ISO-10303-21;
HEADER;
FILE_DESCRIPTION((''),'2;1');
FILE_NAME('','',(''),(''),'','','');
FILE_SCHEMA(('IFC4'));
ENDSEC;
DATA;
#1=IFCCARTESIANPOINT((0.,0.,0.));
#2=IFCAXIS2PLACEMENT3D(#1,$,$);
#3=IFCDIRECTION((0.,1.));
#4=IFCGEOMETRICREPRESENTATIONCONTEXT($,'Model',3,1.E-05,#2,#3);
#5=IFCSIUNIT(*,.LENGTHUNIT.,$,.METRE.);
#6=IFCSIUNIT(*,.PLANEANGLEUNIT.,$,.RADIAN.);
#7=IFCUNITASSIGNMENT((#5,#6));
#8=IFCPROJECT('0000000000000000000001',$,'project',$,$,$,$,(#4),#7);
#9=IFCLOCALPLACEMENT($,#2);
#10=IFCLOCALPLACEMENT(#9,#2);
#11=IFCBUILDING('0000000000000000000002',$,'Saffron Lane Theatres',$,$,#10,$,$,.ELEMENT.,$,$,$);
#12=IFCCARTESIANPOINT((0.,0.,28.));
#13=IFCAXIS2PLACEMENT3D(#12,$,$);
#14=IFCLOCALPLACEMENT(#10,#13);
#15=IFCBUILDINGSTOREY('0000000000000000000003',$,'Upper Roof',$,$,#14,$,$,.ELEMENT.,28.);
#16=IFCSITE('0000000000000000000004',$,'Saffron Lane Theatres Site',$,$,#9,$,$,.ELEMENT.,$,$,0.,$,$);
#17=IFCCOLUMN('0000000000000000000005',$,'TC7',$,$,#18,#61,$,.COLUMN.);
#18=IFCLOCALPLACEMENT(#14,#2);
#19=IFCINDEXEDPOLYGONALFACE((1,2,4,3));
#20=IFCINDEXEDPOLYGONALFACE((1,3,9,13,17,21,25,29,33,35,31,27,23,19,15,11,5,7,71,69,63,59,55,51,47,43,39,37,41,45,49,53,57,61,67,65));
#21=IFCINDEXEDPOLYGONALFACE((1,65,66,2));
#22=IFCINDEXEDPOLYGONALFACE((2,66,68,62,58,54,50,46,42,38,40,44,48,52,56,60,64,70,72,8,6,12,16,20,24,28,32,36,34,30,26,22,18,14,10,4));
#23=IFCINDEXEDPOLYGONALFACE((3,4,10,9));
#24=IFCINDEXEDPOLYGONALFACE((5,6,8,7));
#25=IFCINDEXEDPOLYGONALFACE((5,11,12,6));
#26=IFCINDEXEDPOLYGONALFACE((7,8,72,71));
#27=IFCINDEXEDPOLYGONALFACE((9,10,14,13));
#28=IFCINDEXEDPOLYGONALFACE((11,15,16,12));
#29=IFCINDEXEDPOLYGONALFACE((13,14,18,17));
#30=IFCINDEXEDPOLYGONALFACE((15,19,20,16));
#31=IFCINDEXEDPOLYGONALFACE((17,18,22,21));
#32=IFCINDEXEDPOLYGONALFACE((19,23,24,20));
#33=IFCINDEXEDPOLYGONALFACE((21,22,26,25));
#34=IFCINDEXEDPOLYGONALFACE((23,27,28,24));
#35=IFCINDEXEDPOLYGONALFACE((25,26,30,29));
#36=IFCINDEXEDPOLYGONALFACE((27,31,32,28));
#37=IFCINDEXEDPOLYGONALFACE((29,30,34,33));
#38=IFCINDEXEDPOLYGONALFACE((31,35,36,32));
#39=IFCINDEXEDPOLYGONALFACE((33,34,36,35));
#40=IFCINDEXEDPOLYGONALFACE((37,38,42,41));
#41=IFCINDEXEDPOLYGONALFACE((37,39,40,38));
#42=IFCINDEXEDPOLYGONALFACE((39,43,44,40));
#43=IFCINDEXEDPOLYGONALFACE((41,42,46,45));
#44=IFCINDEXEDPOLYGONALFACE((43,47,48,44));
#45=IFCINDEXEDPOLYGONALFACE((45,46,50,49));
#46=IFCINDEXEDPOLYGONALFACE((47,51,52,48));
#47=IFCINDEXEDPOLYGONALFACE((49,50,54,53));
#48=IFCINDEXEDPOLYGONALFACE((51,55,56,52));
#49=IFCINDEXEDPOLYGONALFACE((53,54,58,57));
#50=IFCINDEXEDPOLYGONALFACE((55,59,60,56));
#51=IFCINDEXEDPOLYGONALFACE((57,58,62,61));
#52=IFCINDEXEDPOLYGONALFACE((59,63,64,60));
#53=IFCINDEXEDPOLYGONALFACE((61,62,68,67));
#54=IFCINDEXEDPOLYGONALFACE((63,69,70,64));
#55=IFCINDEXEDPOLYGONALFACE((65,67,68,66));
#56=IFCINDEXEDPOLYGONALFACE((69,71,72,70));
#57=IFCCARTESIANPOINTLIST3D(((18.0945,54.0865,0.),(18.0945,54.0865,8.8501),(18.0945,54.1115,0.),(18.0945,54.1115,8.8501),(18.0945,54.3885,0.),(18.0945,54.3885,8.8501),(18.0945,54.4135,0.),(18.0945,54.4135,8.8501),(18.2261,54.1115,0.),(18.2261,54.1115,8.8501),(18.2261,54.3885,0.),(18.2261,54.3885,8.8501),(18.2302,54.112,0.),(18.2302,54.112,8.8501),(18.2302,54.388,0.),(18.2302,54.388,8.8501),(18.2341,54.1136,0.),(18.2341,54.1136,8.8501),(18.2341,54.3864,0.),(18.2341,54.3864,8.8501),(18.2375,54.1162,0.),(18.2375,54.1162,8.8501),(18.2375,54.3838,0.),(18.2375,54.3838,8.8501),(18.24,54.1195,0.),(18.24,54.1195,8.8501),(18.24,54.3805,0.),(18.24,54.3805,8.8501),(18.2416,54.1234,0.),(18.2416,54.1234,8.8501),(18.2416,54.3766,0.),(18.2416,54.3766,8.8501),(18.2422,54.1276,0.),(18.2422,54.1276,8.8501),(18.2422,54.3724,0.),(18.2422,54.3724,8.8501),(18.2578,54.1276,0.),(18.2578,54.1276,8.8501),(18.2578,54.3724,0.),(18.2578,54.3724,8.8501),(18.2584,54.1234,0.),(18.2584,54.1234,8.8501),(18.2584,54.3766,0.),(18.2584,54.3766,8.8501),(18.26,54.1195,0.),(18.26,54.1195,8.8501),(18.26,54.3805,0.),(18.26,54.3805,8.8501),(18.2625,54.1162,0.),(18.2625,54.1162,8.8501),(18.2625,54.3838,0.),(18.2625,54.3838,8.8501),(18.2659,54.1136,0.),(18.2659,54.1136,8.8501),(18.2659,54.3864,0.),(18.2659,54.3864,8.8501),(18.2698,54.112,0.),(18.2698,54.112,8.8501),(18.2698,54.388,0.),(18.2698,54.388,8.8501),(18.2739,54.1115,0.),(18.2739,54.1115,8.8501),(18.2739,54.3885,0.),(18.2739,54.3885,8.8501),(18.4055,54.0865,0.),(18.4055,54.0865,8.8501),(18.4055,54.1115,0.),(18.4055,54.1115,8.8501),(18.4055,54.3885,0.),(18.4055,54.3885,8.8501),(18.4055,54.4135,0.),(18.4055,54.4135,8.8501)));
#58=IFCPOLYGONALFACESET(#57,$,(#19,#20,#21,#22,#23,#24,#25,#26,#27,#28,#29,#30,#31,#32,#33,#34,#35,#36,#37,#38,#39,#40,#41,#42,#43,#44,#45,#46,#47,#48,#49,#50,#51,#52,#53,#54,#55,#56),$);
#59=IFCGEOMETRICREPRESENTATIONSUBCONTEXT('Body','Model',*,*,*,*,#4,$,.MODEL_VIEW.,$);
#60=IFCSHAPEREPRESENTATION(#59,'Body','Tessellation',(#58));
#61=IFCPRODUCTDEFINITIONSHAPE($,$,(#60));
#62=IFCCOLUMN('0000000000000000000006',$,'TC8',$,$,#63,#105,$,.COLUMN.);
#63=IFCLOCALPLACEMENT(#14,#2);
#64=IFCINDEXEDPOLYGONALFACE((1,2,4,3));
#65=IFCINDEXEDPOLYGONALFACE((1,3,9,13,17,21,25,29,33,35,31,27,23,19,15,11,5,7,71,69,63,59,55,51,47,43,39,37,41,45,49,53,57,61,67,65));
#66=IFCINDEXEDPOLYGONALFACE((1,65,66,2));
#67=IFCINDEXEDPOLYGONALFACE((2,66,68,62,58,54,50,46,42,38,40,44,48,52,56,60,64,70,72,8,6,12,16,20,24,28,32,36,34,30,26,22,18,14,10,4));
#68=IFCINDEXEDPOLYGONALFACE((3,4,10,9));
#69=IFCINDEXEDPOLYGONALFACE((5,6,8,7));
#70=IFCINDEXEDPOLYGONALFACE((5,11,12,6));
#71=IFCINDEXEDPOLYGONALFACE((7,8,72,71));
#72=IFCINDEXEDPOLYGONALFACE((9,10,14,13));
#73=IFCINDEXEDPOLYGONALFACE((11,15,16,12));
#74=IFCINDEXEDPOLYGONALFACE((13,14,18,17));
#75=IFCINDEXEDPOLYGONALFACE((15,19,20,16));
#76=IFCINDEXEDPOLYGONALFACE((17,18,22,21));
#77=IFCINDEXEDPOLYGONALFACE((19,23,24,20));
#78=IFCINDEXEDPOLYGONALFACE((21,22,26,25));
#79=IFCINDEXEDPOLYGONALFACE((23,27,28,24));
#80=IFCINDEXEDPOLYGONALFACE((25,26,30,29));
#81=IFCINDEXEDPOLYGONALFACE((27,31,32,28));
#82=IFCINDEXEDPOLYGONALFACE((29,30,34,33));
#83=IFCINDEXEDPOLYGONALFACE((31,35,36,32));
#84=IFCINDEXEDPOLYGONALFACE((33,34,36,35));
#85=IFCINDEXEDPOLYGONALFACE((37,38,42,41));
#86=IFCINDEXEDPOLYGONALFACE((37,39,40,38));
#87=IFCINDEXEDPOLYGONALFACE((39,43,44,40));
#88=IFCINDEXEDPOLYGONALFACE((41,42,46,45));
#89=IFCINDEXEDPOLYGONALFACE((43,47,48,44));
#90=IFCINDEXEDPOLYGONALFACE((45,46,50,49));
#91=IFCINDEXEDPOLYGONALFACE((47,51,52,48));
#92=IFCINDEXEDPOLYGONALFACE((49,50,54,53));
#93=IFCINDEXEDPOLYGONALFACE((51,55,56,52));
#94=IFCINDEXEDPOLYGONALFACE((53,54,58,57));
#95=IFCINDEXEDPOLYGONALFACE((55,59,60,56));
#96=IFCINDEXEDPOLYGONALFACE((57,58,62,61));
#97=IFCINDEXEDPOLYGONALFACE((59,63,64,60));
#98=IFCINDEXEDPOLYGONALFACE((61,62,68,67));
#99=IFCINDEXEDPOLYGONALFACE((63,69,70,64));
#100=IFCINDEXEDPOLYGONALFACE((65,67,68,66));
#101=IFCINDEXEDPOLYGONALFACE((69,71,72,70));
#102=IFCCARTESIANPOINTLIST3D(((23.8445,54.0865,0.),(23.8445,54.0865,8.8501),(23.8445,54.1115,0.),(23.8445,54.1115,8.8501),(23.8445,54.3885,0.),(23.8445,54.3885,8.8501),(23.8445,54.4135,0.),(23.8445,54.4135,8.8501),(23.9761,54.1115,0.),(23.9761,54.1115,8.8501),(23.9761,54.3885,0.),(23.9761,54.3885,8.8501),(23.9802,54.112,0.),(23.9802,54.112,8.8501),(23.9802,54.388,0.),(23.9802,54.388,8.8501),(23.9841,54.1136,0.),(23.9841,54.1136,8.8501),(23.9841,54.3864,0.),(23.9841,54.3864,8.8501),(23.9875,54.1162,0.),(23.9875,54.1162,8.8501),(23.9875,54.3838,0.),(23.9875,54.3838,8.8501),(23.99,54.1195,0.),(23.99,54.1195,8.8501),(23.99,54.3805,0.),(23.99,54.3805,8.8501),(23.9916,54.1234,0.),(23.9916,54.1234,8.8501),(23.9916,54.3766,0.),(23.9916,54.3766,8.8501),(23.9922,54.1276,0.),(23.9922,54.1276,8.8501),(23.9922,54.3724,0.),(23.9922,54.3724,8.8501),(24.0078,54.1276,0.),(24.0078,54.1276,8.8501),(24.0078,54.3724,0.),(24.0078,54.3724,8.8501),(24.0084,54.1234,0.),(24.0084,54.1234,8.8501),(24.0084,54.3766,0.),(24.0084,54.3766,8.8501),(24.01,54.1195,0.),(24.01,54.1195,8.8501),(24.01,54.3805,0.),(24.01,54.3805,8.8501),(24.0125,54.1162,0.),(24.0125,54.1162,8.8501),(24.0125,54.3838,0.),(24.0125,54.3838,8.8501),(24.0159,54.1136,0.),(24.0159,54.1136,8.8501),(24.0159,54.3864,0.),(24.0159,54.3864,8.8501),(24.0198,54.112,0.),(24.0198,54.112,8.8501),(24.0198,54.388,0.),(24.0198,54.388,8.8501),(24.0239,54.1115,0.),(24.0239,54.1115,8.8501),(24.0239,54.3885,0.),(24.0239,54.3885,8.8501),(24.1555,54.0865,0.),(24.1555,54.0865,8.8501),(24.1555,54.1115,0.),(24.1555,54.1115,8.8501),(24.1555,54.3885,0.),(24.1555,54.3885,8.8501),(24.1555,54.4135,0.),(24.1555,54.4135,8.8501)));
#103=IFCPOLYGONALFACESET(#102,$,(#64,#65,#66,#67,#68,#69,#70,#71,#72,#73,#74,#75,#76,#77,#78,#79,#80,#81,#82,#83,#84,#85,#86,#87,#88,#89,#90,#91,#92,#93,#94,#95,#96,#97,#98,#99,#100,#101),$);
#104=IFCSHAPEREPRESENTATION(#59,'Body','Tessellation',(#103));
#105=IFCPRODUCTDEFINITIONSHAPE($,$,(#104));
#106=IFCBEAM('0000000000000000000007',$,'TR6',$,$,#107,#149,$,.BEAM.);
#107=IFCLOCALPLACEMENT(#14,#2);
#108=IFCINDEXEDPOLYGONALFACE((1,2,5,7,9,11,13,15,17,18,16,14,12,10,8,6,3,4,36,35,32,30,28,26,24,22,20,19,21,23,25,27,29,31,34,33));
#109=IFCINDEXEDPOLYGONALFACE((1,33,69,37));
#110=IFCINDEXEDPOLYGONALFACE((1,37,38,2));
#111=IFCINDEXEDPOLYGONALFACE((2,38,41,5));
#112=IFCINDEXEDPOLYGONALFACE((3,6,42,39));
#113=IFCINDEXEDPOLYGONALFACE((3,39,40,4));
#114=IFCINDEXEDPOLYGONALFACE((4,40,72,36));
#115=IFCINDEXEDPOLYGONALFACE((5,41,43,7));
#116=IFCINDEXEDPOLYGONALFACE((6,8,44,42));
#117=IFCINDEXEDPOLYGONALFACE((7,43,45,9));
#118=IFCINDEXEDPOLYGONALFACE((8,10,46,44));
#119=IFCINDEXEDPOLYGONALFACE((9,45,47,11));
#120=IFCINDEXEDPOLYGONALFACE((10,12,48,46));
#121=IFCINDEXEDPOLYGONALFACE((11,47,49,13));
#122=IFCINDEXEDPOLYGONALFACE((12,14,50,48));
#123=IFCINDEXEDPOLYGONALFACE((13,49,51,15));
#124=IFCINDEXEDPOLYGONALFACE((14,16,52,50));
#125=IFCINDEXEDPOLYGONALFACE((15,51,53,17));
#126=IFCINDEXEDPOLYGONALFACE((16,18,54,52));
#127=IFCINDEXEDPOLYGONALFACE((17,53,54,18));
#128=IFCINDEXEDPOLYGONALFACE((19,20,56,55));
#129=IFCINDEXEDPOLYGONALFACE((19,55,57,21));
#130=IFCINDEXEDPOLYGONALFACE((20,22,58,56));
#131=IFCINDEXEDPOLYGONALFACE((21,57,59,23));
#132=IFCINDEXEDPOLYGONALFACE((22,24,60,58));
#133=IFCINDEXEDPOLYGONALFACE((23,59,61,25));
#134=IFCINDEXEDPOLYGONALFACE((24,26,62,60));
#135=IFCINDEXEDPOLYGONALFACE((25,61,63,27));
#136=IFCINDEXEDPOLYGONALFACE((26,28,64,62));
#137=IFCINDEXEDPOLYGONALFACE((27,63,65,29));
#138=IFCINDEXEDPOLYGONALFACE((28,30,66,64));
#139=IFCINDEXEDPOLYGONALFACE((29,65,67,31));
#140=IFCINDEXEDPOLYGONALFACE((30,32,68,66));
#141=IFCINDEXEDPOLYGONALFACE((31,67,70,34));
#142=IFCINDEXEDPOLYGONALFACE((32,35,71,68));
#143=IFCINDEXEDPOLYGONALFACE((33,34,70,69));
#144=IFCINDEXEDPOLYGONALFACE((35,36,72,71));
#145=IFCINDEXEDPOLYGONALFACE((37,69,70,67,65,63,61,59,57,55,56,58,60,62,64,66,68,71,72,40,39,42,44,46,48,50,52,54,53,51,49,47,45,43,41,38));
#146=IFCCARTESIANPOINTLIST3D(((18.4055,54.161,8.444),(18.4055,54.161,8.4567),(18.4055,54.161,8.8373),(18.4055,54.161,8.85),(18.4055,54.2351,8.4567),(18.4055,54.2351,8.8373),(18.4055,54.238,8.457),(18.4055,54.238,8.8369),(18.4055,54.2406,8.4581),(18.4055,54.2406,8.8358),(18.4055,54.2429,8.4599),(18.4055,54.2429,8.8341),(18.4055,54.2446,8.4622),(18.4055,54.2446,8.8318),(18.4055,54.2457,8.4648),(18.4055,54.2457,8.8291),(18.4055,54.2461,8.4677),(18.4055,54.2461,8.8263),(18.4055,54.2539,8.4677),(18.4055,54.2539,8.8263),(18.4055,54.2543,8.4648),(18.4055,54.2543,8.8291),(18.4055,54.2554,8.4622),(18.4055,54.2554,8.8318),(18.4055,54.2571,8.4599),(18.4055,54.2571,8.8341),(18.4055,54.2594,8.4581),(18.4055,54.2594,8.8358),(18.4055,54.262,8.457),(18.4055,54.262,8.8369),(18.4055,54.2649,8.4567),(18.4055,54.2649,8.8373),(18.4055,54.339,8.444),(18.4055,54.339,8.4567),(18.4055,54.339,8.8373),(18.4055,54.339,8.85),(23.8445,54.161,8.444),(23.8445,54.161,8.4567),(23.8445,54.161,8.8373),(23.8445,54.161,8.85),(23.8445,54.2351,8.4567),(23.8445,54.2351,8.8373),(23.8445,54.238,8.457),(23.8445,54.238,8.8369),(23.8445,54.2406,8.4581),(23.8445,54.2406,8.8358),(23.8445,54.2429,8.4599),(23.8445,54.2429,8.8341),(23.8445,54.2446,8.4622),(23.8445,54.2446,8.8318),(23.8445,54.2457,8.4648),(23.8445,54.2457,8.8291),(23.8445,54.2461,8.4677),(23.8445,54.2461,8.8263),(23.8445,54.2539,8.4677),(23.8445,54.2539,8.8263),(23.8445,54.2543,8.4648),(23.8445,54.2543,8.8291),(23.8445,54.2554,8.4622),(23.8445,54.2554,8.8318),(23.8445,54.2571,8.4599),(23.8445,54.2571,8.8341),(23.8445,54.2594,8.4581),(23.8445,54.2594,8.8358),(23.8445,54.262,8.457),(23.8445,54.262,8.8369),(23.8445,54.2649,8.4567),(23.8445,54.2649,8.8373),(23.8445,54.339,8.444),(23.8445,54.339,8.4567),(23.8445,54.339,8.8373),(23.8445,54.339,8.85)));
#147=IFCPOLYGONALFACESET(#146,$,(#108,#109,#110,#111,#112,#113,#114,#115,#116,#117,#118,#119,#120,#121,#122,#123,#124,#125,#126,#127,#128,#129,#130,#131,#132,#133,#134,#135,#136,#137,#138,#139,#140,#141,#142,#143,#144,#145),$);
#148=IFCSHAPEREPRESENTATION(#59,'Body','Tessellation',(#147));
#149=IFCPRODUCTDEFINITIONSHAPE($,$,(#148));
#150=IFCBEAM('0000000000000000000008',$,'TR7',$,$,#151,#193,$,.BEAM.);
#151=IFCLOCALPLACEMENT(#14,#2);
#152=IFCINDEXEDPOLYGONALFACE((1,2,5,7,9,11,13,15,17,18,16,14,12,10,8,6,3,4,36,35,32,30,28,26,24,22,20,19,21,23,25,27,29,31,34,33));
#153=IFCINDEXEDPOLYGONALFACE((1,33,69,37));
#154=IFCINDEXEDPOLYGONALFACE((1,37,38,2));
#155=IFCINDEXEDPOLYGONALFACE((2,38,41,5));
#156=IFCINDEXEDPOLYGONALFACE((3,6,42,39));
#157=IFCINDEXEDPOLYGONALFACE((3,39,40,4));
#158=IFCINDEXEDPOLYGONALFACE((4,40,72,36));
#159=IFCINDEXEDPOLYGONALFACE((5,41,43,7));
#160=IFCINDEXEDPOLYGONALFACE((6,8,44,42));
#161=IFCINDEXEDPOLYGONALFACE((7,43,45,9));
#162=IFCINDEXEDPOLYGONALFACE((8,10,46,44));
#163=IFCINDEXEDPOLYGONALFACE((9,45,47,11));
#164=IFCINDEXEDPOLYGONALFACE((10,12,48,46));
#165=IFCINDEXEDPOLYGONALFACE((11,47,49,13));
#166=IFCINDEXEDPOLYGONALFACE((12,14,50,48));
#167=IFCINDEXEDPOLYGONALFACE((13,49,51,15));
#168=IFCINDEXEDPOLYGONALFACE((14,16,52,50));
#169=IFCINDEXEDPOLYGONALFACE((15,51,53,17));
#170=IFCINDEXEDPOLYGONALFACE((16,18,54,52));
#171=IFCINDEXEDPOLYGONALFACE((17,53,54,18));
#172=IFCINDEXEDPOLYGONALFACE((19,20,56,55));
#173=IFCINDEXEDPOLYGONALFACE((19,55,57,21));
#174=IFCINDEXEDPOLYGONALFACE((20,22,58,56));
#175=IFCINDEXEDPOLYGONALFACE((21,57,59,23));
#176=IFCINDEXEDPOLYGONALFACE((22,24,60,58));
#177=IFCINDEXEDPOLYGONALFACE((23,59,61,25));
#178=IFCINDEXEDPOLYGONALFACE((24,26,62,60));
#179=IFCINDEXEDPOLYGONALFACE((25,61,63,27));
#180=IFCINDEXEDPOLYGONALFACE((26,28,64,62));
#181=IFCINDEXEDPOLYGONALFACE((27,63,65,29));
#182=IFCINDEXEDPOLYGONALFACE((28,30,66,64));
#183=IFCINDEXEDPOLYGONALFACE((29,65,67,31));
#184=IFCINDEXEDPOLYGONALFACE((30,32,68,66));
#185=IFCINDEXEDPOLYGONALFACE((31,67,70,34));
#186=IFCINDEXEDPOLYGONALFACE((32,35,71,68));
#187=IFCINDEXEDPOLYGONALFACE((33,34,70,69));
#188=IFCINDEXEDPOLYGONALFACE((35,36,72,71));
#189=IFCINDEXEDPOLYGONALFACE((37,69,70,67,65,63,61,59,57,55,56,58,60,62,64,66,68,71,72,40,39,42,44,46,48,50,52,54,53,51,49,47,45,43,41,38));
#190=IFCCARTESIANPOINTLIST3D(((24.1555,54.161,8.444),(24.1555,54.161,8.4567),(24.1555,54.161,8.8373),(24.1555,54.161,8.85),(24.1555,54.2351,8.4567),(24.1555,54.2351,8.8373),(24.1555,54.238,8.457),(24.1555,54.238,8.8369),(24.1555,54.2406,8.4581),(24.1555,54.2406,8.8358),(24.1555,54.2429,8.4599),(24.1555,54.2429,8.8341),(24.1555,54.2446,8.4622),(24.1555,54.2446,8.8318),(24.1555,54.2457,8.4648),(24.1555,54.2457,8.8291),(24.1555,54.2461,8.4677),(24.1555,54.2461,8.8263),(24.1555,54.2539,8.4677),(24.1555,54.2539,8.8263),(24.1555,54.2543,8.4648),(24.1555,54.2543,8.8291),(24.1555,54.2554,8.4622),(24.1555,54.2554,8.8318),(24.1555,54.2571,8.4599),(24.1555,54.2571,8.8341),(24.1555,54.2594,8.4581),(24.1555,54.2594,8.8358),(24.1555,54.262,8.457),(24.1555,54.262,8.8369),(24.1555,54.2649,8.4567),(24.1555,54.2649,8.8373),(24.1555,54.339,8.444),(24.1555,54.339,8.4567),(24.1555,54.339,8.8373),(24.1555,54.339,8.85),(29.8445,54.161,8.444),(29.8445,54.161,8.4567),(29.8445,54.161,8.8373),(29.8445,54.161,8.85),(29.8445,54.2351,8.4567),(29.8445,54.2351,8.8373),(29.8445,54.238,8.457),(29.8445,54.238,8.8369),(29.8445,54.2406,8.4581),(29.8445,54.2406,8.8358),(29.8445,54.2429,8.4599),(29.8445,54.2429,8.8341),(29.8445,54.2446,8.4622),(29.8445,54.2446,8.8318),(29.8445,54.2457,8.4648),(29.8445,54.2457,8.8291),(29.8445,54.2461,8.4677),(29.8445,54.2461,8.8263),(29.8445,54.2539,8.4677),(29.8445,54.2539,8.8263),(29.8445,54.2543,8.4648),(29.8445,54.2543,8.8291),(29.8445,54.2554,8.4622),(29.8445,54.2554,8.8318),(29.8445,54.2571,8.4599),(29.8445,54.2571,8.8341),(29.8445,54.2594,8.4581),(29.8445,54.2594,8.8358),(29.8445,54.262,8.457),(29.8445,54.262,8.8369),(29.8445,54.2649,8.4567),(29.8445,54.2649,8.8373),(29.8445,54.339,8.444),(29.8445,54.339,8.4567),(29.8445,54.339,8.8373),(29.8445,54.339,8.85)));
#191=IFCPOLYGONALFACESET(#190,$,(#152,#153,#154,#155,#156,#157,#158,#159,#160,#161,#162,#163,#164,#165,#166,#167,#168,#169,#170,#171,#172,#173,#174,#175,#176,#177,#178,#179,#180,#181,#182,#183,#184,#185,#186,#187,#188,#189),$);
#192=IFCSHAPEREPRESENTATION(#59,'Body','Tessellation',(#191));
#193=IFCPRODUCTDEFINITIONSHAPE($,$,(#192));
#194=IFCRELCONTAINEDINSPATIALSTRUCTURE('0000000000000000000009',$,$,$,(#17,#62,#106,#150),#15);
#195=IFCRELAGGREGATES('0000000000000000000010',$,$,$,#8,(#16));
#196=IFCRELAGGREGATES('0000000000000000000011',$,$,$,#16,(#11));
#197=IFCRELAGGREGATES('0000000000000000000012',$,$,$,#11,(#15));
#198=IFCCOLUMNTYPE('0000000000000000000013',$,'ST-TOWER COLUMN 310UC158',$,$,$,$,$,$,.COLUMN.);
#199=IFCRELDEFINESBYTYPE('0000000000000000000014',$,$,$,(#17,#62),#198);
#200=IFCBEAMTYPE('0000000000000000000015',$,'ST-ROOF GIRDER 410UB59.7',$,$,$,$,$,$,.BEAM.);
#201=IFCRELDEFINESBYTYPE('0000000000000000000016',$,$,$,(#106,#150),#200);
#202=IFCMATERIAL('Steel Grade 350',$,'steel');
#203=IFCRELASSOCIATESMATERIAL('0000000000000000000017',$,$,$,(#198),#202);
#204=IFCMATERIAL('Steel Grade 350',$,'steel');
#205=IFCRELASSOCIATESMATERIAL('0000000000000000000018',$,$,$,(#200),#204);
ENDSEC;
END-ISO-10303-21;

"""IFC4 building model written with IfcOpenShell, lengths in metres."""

from ifc_helpers import new_model, si_unit, direction, frame, origin, origin_2d, place, context, subcontext, project, spatial, i_section, extrude, material, material_profile, profile_set, type_object, element, save


model = new_model("IFC4")

# Units and contexts
model_context = context("Model", 3, precision=1e-05, world=origin(), true_north=direction((0.0, 1.0)))
body_context = subcontext(model_context, "Body", "Model", "MODEL_VIEW")
ifc_project = project(units=[si_unit("LENGTHUNIT", "METRE"), si_unit("PLANEANGLEUNIT", "RADIAN")], contexts=[model_context])

# Site, building, storey
site_placement = place(None, origin())
site = spatial("IfcSite", under=ifc_project, at=site_placement, Name="Saffron Lane Theatres Site", CompositionType="ELEMENT", RefElevation=0.0)
building_placement = place(site_placement, origin())
building = spatial("IfcBuilding", under=site, at=building_placement, Name="Saffron Lane Theatres", CompositionType="ELEMENT")
storey_placement = place(building_placement, frame((0.0, 0.0, 28.0)))
storey = spatial("IfcBuildingStorey", under=building, at=storey_placement, Name="Upper Roof", CompositionType="ELEMENT", Elevation=28.0)

# Columns
ifc_material_1 = material(Name="Steel Grade 350", Category="steel")
ifc_material_profile_1 = material_profile(ifc_material_1, i_section(OverallWidth=0.311, OverallDepth=0.3269, WebThickness=0.0156, FlangeThickness=0.0249, FilletRadius=0.0161, at=origin_2d()))
ifc_profile_set_1 = profile_set([ifc_material_profile_1], Name="Steel Grade 350")
column_type = type_object("IfcColumnType", Name="ST-TOWER COLUMN 310UC158", PredefinedType="COLUMN", material=ifc_profile_set_1)
for number, where, z_axis, x_axis, name in (
    (1, (18.25, 54.25, 0.0), (0.0, 0.0, 1.0), (1.0, 0.0, 0.0), "TC7"),
    (2, (24.0, 54.25, 0.0), (0.0, 0.0, 1.0), (1.0, 0.0, 0.0), "TC8"),
):
    element("IfcColumn", number, at=place(storey_placement, frame(where, z_axis=z_axis, x_axis=x_axis)), inside=storey, type_object=column_type, Name=name, PredefinedType="COLUMN", context=body_context, shape_type="SweptSolid", body=[
        extrude(i_section(OverallWidth=0.311, OverallDepth=0.3269, WebThickness=0.0156, FlangeThickness=0.0249, FilletRadius=0.0161, at=origin_2d()), origin(), (0.0, 0.0, 1.0), 8.8501),
    ])

# Beams
ifc_material_2 = material(Name="Steel Grade 350", Category="steel")
ifc_material_profile_2 = material_profile(ifc_material_2, i_section(OverallWidth=0.178, OverallDepth=0.406, WebThickness=0.0078, FlangeThickness=0.0127, FilletRadius=0.011, at=origin_2d()))
ifc_profile_set_2 = profile_set([ifc_material_profile_2], Name="Steel Grade 350")
beam_type_1 = type_object("IfcBeamType", Name="ST-ROOF GIRDER 410UB59.7", PredefinedType="BEAM", material=ifc_profile_set_2)
beam_1_placement = place(storey_placement, frame((18.4055, 54.25, 8.647), z_axis=(1.0, 0.0, 0.0), x_axis=(0.0, 1.0, 0.0)))
element("IfcBeam", 3, at=beam_1_placement, inside=storey, type_object=beam_type_1, Name="TR6", PredefinedType="BEAM", context=body_context, shape_type="SweptSolid", body=[
    extrude(i_section(OverallWidth=0.178, OverallDepth=0.406, WebThickness=0.0078, FlangeThickness=0.0127, FilletRadius=0.011, at=origin_2d()), origin(), (0.0, 0.0, 1.0), 5.439),
])
beam_2_placement = place(storey_placement, frame((24.1555, 54.25, 8.647), z_axis=(1.0, 0.0, 0.0), x_axis=(0.0, 1.0, 0.0)))
element("IfcBeam", 4, at=beam_2_placement, inside=storey, type_object=beam_type_1, Name="TR7", PredefinedType="BEAM", context=body_context, shape_type="SweptSolid", body=[
    extrude(i_section(OverallWidth=0.178, OverallDepth=0.406, WebThickness=0.0078, FlangeThickness=0.0127, FilletRadius=0.011, at=origin_2d()), origin(), (0.0, 0.0, 1.0), 5.689),
])

save(model, "model.ifc")
